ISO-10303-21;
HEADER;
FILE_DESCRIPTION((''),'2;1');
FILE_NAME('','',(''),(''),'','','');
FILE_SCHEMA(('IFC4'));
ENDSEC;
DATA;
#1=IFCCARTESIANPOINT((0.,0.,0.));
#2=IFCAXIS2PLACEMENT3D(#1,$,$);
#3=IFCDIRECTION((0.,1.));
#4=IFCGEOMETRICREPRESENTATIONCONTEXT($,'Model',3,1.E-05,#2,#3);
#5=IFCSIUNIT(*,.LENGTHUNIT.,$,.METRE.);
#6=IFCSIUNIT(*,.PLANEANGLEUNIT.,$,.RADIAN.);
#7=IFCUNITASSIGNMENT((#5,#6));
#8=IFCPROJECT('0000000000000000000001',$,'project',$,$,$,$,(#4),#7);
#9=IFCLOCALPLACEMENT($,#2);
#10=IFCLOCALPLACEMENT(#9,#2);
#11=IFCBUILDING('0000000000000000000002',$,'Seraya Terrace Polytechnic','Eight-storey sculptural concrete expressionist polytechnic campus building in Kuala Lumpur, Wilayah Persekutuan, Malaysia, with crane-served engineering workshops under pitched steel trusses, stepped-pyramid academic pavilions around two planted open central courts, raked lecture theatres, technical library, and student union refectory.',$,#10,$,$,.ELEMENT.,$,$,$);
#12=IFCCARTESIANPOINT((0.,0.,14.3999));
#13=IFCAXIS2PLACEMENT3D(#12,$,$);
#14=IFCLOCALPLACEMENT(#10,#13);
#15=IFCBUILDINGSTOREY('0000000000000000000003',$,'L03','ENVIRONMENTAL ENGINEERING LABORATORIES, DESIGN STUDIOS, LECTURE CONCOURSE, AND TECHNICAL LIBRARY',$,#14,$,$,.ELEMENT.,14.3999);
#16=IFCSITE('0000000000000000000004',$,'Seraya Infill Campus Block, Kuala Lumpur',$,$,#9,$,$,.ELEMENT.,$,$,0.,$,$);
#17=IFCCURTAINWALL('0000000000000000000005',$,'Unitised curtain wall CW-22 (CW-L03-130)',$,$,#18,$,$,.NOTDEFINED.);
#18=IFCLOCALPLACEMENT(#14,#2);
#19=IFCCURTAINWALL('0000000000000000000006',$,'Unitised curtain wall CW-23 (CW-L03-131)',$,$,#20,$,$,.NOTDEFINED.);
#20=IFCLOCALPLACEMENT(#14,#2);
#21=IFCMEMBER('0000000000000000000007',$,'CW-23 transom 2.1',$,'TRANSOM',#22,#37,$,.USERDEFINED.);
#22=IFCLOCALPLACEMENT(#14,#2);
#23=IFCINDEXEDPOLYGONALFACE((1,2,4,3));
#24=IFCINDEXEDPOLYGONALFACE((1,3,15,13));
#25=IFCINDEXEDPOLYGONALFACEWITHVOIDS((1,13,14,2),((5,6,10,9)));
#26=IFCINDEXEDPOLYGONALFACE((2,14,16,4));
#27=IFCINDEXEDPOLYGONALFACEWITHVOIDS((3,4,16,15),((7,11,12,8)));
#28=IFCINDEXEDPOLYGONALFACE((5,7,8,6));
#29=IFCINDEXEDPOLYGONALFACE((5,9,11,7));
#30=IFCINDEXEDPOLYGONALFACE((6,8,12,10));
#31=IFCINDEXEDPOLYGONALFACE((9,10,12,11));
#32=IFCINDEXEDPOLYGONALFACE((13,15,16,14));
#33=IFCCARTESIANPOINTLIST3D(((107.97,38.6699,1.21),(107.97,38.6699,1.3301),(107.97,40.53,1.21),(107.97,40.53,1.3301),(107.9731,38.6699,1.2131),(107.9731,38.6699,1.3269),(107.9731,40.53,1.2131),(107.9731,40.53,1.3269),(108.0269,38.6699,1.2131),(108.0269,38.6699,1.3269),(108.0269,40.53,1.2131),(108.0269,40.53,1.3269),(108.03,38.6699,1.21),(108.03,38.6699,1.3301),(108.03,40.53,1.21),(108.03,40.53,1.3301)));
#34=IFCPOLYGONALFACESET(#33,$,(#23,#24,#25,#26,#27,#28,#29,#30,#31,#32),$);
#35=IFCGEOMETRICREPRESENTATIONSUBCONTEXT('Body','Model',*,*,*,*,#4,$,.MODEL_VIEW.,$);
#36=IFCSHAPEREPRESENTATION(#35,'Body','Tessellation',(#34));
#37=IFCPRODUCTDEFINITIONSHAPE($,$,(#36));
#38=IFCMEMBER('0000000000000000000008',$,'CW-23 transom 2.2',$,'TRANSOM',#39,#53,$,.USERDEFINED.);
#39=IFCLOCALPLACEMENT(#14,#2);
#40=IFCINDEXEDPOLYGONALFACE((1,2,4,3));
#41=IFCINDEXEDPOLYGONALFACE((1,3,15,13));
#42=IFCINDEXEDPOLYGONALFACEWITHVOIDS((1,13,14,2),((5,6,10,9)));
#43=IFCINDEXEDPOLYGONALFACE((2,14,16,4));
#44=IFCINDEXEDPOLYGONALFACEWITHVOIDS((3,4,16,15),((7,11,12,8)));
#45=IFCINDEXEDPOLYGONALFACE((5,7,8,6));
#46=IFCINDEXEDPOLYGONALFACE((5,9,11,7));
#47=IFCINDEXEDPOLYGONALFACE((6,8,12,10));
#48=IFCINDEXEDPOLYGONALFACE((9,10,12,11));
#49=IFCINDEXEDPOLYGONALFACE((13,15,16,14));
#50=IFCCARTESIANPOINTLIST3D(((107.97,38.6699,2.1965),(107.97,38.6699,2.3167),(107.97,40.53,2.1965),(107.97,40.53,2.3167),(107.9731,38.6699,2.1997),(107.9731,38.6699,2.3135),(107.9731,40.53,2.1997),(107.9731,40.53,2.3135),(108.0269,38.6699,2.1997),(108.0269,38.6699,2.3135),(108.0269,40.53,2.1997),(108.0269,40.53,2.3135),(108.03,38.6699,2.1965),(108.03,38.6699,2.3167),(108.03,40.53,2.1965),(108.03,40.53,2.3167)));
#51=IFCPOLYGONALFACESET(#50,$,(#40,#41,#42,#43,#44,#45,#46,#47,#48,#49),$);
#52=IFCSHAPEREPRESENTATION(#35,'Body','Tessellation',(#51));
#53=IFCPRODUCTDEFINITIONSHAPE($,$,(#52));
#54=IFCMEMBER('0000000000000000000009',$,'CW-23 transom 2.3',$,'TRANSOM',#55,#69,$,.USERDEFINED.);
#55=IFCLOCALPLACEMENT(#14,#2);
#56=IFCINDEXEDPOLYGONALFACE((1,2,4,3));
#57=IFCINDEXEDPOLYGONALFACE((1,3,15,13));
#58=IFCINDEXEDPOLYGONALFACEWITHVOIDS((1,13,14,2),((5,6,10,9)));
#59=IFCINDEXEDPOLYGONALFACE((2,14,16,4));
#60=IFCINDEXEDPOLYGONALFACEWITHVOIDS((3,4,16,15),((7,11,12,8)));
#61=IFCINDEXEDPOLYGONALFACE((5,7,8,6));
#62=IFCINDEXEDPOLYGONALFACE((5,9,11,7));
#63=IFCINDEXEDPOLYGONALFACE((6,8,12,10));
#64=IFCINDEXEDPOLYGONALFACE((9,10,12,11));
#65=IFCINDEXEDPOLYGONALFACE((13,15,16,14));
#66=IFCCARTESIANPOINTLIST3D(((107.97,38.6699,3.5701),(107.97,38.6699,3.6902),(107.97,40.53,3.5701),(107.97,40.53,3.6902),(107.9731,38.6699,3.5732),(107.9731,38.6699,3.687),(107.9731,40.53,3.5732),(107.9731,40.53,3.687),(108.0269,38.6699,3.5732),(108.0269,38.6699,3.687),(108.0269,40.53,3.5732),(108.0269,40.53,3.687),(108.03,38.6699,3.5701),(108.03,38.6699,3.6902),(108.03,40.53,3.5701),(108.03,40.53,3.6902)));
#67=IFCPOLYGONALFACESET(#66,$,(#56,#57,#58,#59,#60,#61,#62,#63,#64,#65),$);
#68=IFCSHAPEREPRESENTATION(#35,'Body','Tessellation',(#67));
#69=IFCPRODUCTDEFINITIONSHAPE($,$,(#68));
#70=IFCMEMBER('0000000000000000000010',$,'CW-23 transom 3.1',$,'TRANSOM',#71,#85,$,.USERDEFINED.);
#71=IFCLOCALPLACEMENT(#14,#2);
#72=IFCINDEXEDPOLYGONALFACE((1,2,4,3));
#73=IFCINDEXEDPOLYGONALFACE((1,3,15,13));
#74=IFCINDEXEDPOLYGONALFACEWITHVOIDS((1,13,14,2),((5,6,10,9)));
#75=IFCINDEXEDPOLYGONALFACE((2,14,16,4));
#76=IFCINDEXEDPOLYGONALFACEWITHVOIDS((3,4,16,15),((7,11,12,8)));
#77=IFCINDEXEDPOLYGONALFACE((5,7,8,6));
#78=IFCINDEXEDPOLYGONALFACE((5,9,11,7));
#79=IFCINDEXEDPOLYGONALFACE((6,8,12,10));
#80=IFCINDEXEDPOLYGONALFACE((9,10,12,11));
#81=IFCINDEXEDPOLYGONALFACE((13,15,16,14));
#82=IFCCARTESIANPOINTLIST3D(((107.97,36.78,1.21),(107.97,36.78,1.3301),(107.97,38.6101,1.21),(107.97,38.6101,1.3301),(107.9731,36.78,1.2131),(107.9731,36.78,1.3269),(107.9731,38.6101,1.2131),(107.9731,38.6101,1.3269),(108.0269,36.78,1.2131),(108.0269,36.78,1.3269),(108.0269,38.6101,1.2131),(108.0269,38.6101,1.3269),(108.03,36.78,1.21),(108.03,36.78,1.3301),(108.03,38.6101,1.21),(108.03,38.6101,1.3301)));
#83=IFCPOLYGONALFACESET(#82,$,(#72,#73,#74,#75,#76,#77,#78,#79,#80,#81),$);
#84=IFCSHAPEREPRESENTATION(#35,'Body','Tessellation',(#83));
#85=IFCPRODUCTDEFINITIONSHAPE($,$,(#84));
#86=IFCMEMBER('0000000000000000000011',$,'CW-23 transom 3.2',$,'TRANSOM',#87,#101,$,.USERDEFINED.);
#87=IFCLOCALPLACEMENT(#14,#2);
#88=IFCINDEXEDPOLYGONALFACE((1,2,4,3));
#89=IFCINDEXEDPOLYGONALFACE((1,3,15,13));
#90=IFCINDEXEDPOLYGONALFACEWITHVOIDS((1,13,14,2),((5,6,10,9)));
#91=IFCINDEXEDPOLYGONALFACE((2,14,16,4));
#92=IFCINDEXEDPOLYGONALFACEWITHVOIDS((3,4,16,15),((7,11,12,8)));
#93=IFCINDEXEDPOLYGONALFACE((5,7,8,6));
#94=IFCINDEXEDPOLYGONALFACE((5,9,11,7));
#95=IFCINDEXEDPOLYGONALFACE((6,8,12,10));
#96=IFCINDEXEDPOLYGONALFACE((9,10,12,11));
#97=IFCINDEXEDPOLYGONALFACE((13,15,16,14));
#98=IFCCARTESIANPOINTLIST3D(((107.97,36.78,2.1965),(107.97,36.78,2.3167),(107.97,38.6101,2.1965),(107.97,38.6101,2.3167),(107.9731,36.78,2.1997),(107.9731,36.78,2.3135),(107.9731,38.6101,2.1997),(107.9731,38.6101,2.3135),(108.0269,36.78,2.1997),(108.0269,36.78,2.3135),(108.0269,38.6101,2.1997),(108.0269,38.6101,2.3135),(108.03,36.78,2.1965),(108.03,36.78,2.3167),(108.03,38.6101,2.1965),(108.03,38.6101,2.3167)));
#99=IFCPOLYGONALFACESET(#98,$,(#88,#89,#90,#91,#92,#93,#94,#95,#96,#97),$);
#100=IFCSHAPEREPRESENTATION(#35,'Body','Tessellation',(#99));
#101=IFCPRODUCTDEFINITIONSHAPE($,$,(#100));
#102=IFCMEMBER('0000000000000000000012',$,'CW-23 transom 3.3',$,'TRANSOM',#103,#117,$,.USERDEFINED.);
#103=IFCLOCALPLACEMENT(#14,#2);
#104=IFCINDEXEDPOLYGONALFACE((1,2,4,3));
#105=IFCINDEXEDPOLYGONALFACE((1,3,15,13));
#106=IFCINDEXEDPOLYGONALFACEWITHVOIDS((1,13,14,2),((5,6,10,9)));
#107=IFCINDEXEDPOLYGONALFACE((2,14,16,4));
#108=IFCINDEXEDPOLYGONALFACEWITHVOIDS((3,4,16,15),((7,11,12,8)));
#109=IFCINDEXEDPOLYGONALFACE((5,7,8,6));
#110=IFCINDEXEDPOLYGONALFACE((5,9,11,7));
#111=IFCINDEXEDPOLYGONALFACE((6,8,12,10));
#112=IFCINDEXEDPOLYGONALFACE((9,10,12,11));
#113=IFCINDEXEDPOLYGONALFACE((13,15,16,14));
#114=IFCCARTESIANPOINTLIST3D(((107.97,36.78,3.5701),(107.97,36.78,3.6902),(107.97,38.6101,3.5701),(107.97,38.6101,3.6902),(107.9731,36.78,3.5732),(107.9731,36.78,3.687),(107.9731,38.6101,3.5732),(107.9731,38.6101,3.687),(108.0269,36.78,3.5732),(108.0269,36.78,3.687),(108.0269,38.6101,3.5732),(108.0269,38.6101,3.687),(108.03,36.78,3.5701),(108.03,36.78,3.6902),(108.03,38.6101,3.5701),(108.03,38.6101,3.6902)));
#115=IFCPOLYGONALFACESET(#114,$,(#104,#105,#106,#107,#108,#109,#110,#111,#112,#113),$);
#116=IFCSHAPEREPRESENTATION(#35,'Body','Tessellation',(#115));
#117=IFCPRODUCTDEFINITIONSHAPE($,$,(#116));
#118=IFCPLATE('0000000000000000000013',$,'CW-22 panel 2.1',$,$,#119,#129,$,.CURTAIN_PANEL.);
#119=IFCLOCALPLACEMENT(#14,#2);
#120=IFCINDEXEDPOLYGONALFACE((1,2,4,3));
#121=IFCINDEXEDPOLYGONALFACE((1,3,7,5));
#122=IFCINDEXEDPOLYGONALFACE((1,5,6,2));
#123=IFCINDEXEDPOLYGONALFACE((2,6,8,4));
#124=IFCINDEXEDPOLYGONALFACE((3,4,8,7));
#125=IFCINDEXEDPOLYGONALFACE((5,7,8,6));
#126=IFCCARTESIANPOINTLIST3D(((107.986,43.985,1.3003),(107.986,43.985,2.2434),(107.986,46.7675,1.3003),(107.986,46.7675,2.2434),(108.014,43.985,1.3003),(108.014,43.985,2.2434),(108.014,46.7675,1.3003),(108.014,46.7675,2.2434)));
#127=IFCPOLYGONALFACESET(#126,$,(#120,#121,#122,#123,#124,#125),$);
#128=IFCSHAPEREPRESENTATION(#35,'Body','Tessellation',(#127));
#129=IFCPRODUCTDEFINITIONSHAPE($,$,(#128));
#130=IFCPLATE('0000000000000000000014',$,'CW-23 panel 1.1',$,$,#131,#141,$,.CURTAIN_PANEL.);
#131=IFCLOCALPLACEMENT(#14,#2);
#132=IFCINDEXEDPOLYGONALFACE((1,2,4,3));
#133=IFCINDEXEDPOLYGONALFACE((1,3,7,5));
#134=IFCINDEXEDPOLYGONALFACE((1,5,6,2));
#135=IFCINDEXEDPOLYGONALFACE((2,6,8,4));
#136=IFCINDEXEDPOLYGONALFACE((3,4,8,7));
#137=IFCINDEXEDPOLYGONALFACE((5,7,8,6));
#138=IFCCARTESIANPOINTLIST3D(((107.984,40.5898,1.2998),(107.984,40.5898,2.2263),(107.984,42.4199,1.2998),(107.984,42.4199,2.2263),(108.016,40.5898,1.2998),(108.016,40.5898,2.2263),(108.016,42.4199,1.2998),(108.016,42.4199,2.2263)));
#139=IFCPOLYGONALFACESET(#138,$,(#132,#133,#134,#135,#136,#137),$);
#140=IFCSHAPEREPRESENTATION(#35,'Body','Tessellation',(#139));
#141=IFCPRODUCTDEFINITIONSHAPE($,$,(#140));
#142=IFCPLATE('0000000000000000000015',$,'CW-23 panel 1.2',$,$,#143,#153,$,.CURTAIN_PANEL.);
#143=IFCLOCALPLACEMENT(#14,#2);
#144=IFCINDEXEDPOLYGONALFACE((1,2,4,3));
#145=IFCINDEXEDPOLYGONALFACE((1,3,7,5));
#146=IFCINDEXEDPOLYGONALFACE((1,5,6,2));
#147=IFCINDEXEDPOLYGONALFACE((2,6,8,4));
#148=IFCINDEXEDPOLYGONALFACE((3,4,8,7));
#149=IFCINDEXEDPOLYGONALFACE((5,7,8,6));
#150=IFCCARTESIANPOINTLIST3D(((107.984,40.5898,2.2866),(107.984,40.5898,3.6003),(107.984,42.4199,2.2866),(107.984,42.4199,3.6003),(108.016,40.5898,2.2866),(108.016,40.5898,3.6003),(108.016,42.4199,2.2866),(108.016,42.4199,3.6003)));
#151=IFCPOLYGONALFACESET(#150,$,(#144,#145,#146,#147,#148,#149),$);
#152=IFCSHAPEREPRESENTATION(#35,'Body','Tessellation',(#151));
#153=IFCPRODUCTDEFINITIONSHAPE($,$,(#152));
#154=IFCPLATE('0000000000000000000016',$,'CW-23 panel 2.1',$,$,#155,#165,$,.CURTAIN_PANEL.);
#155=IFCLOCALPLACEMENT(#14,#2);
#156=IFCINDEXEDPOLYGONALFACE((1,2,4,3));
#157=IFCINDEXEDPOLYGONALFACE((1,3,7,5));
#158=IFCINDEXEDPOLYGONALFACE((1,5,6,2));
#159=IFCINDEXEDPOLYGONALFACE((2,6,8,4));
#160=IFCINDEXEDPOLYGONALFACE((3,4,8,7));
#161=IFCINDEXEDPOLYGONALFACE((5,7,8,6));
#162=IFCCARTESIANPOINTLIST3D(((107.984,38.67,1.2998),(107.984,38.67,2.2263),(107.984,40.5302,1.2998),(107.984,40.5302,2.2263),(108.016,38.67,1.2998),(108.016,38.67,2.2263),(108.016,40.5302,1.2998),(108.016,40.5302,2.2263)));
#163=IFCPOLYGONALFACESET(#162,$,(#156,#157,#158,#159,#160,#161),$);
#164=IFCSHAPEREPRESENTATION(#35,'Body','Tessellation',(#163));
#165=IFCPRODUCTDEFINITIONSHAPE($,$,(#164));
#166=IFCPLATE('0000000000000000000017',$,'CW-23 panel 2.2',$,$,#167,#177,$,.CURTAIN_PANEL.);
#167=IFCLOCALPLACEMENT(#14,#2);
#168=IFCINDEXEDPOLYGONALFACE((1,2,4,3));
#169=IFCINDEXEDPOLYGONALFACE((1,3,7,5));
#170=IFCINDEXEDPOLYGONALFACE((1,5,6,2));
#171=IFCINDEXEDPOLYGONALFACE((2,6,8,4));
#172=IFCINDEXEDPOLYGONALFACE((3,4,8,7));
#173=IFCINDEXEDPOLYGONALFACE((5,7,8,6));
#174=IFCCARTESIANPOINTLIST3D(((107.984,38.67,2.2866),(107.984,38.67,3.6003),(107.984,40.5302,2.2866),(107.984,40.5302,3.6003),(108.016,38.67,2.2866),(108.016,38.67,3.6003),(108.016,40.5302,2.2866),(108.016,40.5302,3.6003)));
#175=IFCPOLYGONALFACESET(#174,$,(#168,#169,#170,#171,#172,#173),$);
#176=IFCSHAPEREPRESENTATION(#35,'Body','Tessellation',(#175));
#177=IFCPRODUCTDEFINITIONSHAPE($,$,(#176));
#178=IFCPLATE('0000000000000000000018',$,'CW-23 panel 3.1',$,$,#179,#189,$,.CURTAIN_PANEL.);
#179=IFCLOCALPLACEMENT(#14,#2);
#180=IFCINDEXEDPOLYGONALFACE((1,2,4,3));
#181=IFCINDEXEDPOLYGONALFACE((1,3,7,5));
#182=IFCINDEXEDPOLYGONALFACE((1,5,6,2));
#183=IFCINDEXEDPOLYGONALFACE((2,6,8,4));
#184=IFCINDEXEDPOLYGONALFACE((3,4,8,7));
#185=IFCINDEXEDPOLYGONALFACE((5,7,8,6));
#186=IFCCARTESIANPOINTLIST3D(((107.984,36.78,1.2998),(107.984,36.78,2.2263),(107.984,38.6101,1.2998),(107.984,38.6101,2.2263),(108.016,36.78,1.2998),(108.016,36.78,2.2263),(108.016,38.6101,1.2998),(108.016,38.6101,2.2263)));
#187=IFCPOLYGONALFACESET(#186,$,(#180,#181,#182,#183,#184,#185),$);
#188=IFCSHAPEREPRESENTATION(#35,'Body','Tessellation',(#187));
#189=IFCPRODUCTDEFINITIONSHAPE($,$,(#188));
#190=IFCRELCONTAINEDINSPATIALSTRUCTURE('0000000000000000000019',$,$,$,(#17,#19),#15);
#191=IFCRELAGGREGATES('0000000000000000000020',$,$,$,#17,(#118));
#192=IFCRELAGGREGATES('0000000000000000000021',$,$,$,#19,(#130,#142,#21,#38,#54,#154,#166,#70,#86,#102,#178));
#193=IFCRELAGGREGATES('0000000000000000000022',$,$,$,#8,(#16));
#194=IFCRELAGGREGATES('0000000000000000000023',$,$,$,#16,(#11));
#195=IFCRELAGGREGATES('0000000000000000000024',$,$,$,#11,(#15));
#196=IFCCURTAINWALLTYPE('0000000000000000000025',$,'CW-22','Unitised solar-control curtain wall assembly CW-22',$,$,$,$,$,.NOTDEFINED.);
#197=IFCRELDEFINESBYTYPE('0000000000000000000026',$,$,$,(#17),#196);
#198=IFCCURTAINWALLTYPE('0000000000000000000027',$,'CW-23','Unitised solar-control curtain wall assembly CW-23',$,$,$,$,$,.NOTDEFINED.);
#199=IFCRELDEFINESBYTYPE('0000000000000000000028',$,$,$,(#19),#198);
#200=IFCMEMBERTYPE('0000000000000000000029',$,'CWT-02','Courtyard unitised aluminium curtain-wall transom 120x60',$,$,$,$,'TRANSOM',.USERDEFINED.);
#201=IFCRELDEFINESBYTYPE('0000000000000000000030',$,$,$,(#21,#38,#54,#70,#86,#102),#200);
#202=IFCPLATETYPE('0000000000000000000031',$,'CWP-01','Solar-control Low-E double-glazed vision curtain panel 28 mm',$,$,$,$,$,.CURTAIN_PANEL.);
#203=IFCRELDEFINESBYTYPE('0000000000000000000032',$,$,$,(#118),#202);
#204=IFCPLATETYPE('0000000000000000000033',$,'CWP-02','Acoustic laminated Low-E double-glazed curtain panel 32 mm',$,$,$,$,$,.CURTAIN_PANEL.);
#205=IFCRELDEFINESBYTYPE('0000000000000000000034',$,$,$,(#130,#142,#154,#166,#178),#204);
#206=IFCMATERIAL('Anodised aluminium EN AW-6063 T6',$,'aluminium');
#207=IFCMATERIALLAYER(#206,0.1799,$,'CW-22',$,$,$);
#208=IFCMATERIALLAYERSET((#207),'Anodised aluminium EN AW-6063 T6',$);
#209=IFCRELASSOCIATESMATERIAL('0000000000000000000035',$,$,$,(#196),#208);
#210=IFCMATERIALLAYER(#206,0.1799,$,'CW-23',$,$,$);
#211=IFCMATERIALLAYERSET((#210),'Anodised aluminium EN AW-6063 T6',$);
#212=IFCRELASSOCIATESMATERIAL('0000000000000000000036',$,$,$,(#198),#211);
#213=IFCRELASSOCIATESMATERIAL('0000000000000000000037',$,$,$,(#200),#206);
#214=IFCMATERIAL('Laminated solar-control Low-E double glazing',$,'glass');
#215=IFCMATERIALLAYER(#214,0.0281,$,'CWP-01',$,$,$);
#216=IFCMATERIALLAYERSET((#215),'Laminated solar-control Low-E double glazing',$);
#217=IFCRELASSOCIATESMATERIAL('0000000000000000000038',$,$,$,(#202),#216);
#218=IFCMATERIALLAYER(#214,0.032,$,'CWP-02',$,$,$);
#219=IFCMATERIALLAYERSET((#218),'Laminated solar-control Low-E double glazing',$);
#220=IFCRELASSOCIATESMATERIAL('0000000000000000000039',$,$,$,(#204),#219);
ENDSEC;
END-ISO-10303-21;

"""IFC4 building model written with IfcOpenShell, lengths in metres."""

from ifc_helpers import new_model, si_unit, direction, frame, origin, origin_2d, place, context, subcontext, project, spatial, rectangle, hollow_rectangle, extrude, material, layer, layer_set, material_profile, profile_set, type_object, element, aggregate, save


model = new_model("IFC4")

# Units and contexts
model_context = context("Model", 3, precision=1e-05, world=origin(), true_north=direction((0.0, 1.0)))
body_context = subcontext(model_context, "Body", "Model", "MODEL_VIEW")
ifc_project = project(units=[si_unit("LENGTHUNIT", "METRE"), si_unit("PLANEANGLEUNIT", "RADIAN")], contexts=[model_context])

# Site, building, storey
site_placement = place(None, origin())
site = spatial("IfcSite", under=ifc_project, at=site_placement, Name="Seraya Infill Campus Block, Kuala Lumpur", CompositionType="ELEMENT", RefElevation=0.0)
building_placement = place(site_placement, origin())
building = spatial("IfcBuilding", under=site, at=building_placement, Name="Seraya Terrace Polytechnic", Description="Eight-storey sculptural concrete expressionist polytechnic campus building in Kuala Lumpur, Wilayah Persekutuan, Malaysia, with crane-served engineering workshops under pitched steel trusses, stepped-pyramid academic pavilions around two planted open central courts, raked lecture theatres, technical library, and student union refectory.", CompositionType="ELEMENT")
storey_placement = place(building_placement, frame((0.0, 0.0, 14.3999)))
storey = spatial("IfcBuildingStorey", under=building, at=storey_placement, Name="L03", Description="ENVIRONMENTAL ENGINEERING LABORATORIES, DESIGN STUDIOS, LECTURE CONCOURSE, AND TECHNICAL LIBRARY", CompositionType="ELEMENT", Elevation=14.3999)

# Curtain wall
ifc_material_1 = material(Name="Anodised aluminium EN AW-6063 T6", Category="aluminium")
ifc_layer_1 = layer(ifc_material_1, 0.1799, Name="CW-22")
ifc_layer_set_1 = layer_set([ifc_layer_1], Name="Anodised aluminium EN AW-6063 T6")
curtain_wall_type_1 = type_object("IfcCurtainWallType", Name="CW-22", Description="Unitised solar-control curtain wall assembly CW-22", PredefinedType="NOTDEFINED", material=ifc_layer_set_1)
curtain_wall_1_placement = place(storey_placement, origin())
curtain_wall_1 = element("IfcCurtainWall", 1, at=curtain_wall_1_placement, inside=storey, type_object=curtain_wall_type_1, Name="Unitised curtain wall CW-22 (CW-L03-130)", PredefinedType="NOTDEFINED")

# Curtain wall, members
ifc_layer_2 = layer(ifc_material_1, 0.1799, Name="CW-23")
ifc_layer_set_2 = layer_set([ifc_layer_2], Name="Anodised aluminium EN AW-6063 T6")
curtain_wall_type_2 = type_object("IfcCurtainWallType", Name="CW-23", Description="Unitised solar-control curtain wall assembly CW-23", PredefinedType="NOTDEFINED", material=ifc_layer_set_2)
curtain_wall_2_placement = place(storey_placement, origin())
curtain_wall_2 = element("IfcCurtainWall", 2, at=curtain_wall_2_placement, inside=storey, type_object=curtain_wall_type_2, Name="Unitised curtain wall CW-23 (CW-L03-131)", PredefinedType="NOTDEFINED")
ifc_material_profile_1 = material_profile(ifc_material_1, hollow_rectangle(XDim=0.0601, YDim=0.1201, WallThickness=0.0032, at=origin_2d()), Name="RHS 120x60x3.2")
ifc_profile_set_1 = profile_set([ifc_material_profile_1], Name="Anodised aluminium EN AW-6063 T6")
member_type_1 = type_object("IfcMemberType", Name="CWT-02", Description="Courtyard unitised aluminium curtain-wall transom 120x60", ElementType="TRANSOM", PredefinedType="USERDEFINED", material=ifc_profile_set_1)
member_1_placement = place(storey_placement, frame((108.0, 40.53, 1.27), z_axis=(0.0, -1.0, 0.0), x_axis=(1.0, 0.0, 0.0)))
member_1 = element("IfcMember", 3, at=member_1_placement, type_object=member_type_1, Name="CW-23 transom 2.1", ObjectType="TRANSOM", PredefinedType="USERDEFINED", context=body_context, shape_type="SweptSolid", body=[
    extrude(hollow_rectangle(XDim=0.0601, YDim=0.1201, WallThickness=0.0032, at=origin_2d()), origin(), (0.0, 0.0, 1.0), 1.8601),
])
member_2_placement = place(storey_placement, frame((108.0, 40.53, 2.2566), z_axis=(0.0, -1.0, 0.0), x_axis=(1.0, 0.0, 0.0)))
member_2 = element("IfcMember", 4, at=member_2_placement, type_object=member_type_1, Name="CW-23 transom 2.2", ObjectType="TRANSOM", PredefinedType="USERDEFINED", context=body_context, shape_type="SweptSolid", body=[
    extrude(hollow_rectangle(XDim=0.0601, YDim=0.1201, WallThickness=0.0032, at=origin_2d()), origin(), (0.0, 0.0, 1.0), 1.8601),
])
member_3_placement = place(storey_placement, frame((108.0, 40.53, 3.6301), z_axis=(0.0, -1.0, 0.0), x_axis=(1.0, 0.0, 0.0)))
member_3 = element("IfcMember", 5, at=member_3_placement, type_object=member_type_1, Name="CW-23 transom 2.3", ObjectType="TRANSOM", PredefinedType="USERDEFINED", context=body_context, shape_type="SweptSolid", body=[
    extrude(hollow_rectangle(XDim=0.0601, YDim=0.1201, WallThickness=0.0032, at=origin_2d()), origin(), (0.0, 0.0, 1.0), 1.8601),
])
member_4_placement = place(storey_placement, frame((108.0, 38.6101, 1.27), z_axis=(0.0, -1.0, 0.0), x_axis=(1.0, 0.0, 0.0)))
member_4 = element("IfcMember", 6, at=member_4_placement, type_object=member_type_1, Name="CW-23 transom 3.1", ObjectType="TRANSOM", PredefinedType="USERDEFINED", context=body_context, shape_type="SweptSolid", body=[
    extrude(hollow_rectangle(XDim=0.0601, YDim=0.1201, WallThickness=0.0032, at=origin_2d()), origin(), (0.0, 0.0, 1.0), 1.8301),
])
member_5_placement = place(storey_placement, frame((108.0, 38.6101, 2.2566), z_axis=(0.0, -1.0, 0.0), x_axis=(1.0, 0.0, 0.0)))
member_5 = element("IfcMember", 7, at=member_5_placement, type_object=member_type_1, Name="CW-23 transom 3.2", ObjectType="TRANSOM", PredefinedType="USERDEFINED", context=body_context, shape_type="SweptSolid", body=[
    extrude(hollow_rectangle(XDim=0.0601, YDim=0.1201, WallThickness=0.0032, at=origin_2d()), origin(), (0.0, 0.0, 1.0), 1.8301),
])
member_6_placement = place(storey_placement, frame((108.0, 38.6101, 3.6301), z_axis=(0.0, -1.0, 0.0), x_axis=(1.0, 0.0, 0.0)))
member_6 = element("IfcMember", 8, at=member_6_placement, type_object=member_type_1, Name="CW-23 transom 3.3", ObjectType="TRANSOM", PredefinedType="USERDEFINED", context=body_context, shape_type="SweptSolid", body=[
    extrude(hollow_rectangle(XDim=0.0601, YDim=0.1201, WallThickness=0.0032, at=origin_2d()), origin(), (0.0, 0.0, 1.0), 1.8301),
])

# Plates
ifc_material_2 = material(Name="Laminated solar-control Low-E double glazing", Category="glass")
ifc_layer_3 = layer(ifc_material_2, 0.0281, Name="CWP-01")
ifc_layer_set_3 = layer_set([ifc_layer_3], Name="Laminated solar-control Low-E double glazing")
plate_type_1 = type_object("IfcPlateType", Name="CWP-01", Description="Solar-control Low-E double-glazed vision curtain panel 28 mm", PredefinedType="CURTAIN_PANEL", material=ifc_layer_set_3)
plate_1_placement = place(storey_placement, frame((108.0, 45.3762, 1.3003), z_axis=(0.0, 0.0, 1.0), x_axis=(0.0, -1.0, 0.0)))
plate_1 = element("IfcPlate", 9, at=plate_1_placement, type_object=plate_type_1, Name="CW-22 panel 2.1", PredefinedType="CURTAIN_PANEL", context=body_context, shape_type="SweptSolid", body=[
    extrude(rectangle(XDim=2.7825, YDim=0.0281, at=origin_2d()), origin(), (0.0, 0.0, 1.0), 0.9431),
])
aggregate(curtain_wall_1, [plate_1])
ifc_layer_4 = layer(ifc_material_2, 0.032, Name="CWP-02")
ifc_layer_set_4 = layer_set([ifc_layer_4], Name="Laminated solar-control Low-E double glazing")
plate_type_2 = type_object("IfcPlateType", Name="CWP-02", Description="Acoustic laminated Low-E double-glazed curtain panel 32 mm", PredefinedType="CURTAIN_PANEL", material=ifc_layer_set_4)
plate_2_placement = place(storey_placement, frame((108.0, 41.5049, 1.2998), z_axis=(0.0, 0.0, 1.0), x_axis=(0.0, -1.0, 0.0)))
plate_2 = element("IfcPlate", 10, at=plate_2_placement, type_object=plate_type_2, Name="CW-23 panel 1.1", PredefinedType="CURTAIN_PANEL", context=body_context, shape_type="SweptSolid", body=[
    extrude(rectangle(XDim=1.8301, YDim=0.032, at=origin_2d()), origin(), (0.0, 0.0, 1.0), 0.9265),
])
plate_3_placement = place(storey_placement, frame((108.0, 41.5049, 2.2866), z_axis=(0.0, 0.0, 1.0), x_axis=(0.0, -1.0, 0.0)))
plate_3 = element("IfcPlate", 11, at=plate_3_placement, type_object=plate_type_2, Name="CW-23 panel 1.2", PredefinedType="CURTAIN_PANEL", context=body_context, shape_type="SweptSolid", body=[
    extrude(rectangle(XDim=1.8301, YDim=0.032, at=origin_2d()), origin(), (0.0, 0.0, 1.0), 1.3137),
])
plate_4_placement = place(storey_placement, frame((108.0, 39.6001, 1.2998), z_axis=(0.0, 0.0, 1.0), x_axis=(0.0, -1.0, 0.0)))
plate_4 = element("IfcPlate", 12, at=plate_4_placement, type_object=plate_type_2, Name="CW-23 panel 2.1", PredefinedType="CURTAIN_PANEL", context=body_context, shape_type="SweptSolid", body=[
    extrude(rectangle(XDim=1.8601, YDim=0.032, at=origin_2d()), origin(), (0.0, 0.0, 1.0), 0.9265),
])
plate_5_placement = place(storey_placement, frame((108.0, 39.6001, 2.2866), z_axis=(0.0, 0.0, 1.0), x_axis=(0.0, -1.0, 0.0)))
plate_5 = element("IfcPlate", 13, at=plate_5_placement, type_object=plate_type_2, Name="CW-23 panel 2.2", PredefinedType="CURTAIN_PANEL", context=body_context, shape_type="SweptSolid", body=[
    extrude(rectangle(XDim=1.8601, YDim=0.032, at=origin_2d()), origin(), (0.0, 0.0, 1.0), 1.3137),
])
plate_6_placement = place(storey_placement, frame((108.0, 37.6951, 1.2998), z_axis=(0.0, 0.0, 1.0), x_axis=(0.0, -1.0, 0.0)))
plate_6 = element("IfcPlate", 14, at=plate_6_placement, type_object=plate_type_2, Name="CW-23 panel 3.1", PredefinedType="CURTAIN_PANEL", context=body_context, shape_type="SweptSolid", body=[
    extrude(rectangle(XDim=1.8301, YDim=0.032, at=origin_2d()), origin(), (0.0, 0.0, 1.0), 0.9265),
])
aggregate(curtain_wall_2, [plate_2, plate_3, member_1, member_2, member_3, plate_4, plate_5, member_4, member_5, member_6, plate_6])

save(model, "model.ifc")
